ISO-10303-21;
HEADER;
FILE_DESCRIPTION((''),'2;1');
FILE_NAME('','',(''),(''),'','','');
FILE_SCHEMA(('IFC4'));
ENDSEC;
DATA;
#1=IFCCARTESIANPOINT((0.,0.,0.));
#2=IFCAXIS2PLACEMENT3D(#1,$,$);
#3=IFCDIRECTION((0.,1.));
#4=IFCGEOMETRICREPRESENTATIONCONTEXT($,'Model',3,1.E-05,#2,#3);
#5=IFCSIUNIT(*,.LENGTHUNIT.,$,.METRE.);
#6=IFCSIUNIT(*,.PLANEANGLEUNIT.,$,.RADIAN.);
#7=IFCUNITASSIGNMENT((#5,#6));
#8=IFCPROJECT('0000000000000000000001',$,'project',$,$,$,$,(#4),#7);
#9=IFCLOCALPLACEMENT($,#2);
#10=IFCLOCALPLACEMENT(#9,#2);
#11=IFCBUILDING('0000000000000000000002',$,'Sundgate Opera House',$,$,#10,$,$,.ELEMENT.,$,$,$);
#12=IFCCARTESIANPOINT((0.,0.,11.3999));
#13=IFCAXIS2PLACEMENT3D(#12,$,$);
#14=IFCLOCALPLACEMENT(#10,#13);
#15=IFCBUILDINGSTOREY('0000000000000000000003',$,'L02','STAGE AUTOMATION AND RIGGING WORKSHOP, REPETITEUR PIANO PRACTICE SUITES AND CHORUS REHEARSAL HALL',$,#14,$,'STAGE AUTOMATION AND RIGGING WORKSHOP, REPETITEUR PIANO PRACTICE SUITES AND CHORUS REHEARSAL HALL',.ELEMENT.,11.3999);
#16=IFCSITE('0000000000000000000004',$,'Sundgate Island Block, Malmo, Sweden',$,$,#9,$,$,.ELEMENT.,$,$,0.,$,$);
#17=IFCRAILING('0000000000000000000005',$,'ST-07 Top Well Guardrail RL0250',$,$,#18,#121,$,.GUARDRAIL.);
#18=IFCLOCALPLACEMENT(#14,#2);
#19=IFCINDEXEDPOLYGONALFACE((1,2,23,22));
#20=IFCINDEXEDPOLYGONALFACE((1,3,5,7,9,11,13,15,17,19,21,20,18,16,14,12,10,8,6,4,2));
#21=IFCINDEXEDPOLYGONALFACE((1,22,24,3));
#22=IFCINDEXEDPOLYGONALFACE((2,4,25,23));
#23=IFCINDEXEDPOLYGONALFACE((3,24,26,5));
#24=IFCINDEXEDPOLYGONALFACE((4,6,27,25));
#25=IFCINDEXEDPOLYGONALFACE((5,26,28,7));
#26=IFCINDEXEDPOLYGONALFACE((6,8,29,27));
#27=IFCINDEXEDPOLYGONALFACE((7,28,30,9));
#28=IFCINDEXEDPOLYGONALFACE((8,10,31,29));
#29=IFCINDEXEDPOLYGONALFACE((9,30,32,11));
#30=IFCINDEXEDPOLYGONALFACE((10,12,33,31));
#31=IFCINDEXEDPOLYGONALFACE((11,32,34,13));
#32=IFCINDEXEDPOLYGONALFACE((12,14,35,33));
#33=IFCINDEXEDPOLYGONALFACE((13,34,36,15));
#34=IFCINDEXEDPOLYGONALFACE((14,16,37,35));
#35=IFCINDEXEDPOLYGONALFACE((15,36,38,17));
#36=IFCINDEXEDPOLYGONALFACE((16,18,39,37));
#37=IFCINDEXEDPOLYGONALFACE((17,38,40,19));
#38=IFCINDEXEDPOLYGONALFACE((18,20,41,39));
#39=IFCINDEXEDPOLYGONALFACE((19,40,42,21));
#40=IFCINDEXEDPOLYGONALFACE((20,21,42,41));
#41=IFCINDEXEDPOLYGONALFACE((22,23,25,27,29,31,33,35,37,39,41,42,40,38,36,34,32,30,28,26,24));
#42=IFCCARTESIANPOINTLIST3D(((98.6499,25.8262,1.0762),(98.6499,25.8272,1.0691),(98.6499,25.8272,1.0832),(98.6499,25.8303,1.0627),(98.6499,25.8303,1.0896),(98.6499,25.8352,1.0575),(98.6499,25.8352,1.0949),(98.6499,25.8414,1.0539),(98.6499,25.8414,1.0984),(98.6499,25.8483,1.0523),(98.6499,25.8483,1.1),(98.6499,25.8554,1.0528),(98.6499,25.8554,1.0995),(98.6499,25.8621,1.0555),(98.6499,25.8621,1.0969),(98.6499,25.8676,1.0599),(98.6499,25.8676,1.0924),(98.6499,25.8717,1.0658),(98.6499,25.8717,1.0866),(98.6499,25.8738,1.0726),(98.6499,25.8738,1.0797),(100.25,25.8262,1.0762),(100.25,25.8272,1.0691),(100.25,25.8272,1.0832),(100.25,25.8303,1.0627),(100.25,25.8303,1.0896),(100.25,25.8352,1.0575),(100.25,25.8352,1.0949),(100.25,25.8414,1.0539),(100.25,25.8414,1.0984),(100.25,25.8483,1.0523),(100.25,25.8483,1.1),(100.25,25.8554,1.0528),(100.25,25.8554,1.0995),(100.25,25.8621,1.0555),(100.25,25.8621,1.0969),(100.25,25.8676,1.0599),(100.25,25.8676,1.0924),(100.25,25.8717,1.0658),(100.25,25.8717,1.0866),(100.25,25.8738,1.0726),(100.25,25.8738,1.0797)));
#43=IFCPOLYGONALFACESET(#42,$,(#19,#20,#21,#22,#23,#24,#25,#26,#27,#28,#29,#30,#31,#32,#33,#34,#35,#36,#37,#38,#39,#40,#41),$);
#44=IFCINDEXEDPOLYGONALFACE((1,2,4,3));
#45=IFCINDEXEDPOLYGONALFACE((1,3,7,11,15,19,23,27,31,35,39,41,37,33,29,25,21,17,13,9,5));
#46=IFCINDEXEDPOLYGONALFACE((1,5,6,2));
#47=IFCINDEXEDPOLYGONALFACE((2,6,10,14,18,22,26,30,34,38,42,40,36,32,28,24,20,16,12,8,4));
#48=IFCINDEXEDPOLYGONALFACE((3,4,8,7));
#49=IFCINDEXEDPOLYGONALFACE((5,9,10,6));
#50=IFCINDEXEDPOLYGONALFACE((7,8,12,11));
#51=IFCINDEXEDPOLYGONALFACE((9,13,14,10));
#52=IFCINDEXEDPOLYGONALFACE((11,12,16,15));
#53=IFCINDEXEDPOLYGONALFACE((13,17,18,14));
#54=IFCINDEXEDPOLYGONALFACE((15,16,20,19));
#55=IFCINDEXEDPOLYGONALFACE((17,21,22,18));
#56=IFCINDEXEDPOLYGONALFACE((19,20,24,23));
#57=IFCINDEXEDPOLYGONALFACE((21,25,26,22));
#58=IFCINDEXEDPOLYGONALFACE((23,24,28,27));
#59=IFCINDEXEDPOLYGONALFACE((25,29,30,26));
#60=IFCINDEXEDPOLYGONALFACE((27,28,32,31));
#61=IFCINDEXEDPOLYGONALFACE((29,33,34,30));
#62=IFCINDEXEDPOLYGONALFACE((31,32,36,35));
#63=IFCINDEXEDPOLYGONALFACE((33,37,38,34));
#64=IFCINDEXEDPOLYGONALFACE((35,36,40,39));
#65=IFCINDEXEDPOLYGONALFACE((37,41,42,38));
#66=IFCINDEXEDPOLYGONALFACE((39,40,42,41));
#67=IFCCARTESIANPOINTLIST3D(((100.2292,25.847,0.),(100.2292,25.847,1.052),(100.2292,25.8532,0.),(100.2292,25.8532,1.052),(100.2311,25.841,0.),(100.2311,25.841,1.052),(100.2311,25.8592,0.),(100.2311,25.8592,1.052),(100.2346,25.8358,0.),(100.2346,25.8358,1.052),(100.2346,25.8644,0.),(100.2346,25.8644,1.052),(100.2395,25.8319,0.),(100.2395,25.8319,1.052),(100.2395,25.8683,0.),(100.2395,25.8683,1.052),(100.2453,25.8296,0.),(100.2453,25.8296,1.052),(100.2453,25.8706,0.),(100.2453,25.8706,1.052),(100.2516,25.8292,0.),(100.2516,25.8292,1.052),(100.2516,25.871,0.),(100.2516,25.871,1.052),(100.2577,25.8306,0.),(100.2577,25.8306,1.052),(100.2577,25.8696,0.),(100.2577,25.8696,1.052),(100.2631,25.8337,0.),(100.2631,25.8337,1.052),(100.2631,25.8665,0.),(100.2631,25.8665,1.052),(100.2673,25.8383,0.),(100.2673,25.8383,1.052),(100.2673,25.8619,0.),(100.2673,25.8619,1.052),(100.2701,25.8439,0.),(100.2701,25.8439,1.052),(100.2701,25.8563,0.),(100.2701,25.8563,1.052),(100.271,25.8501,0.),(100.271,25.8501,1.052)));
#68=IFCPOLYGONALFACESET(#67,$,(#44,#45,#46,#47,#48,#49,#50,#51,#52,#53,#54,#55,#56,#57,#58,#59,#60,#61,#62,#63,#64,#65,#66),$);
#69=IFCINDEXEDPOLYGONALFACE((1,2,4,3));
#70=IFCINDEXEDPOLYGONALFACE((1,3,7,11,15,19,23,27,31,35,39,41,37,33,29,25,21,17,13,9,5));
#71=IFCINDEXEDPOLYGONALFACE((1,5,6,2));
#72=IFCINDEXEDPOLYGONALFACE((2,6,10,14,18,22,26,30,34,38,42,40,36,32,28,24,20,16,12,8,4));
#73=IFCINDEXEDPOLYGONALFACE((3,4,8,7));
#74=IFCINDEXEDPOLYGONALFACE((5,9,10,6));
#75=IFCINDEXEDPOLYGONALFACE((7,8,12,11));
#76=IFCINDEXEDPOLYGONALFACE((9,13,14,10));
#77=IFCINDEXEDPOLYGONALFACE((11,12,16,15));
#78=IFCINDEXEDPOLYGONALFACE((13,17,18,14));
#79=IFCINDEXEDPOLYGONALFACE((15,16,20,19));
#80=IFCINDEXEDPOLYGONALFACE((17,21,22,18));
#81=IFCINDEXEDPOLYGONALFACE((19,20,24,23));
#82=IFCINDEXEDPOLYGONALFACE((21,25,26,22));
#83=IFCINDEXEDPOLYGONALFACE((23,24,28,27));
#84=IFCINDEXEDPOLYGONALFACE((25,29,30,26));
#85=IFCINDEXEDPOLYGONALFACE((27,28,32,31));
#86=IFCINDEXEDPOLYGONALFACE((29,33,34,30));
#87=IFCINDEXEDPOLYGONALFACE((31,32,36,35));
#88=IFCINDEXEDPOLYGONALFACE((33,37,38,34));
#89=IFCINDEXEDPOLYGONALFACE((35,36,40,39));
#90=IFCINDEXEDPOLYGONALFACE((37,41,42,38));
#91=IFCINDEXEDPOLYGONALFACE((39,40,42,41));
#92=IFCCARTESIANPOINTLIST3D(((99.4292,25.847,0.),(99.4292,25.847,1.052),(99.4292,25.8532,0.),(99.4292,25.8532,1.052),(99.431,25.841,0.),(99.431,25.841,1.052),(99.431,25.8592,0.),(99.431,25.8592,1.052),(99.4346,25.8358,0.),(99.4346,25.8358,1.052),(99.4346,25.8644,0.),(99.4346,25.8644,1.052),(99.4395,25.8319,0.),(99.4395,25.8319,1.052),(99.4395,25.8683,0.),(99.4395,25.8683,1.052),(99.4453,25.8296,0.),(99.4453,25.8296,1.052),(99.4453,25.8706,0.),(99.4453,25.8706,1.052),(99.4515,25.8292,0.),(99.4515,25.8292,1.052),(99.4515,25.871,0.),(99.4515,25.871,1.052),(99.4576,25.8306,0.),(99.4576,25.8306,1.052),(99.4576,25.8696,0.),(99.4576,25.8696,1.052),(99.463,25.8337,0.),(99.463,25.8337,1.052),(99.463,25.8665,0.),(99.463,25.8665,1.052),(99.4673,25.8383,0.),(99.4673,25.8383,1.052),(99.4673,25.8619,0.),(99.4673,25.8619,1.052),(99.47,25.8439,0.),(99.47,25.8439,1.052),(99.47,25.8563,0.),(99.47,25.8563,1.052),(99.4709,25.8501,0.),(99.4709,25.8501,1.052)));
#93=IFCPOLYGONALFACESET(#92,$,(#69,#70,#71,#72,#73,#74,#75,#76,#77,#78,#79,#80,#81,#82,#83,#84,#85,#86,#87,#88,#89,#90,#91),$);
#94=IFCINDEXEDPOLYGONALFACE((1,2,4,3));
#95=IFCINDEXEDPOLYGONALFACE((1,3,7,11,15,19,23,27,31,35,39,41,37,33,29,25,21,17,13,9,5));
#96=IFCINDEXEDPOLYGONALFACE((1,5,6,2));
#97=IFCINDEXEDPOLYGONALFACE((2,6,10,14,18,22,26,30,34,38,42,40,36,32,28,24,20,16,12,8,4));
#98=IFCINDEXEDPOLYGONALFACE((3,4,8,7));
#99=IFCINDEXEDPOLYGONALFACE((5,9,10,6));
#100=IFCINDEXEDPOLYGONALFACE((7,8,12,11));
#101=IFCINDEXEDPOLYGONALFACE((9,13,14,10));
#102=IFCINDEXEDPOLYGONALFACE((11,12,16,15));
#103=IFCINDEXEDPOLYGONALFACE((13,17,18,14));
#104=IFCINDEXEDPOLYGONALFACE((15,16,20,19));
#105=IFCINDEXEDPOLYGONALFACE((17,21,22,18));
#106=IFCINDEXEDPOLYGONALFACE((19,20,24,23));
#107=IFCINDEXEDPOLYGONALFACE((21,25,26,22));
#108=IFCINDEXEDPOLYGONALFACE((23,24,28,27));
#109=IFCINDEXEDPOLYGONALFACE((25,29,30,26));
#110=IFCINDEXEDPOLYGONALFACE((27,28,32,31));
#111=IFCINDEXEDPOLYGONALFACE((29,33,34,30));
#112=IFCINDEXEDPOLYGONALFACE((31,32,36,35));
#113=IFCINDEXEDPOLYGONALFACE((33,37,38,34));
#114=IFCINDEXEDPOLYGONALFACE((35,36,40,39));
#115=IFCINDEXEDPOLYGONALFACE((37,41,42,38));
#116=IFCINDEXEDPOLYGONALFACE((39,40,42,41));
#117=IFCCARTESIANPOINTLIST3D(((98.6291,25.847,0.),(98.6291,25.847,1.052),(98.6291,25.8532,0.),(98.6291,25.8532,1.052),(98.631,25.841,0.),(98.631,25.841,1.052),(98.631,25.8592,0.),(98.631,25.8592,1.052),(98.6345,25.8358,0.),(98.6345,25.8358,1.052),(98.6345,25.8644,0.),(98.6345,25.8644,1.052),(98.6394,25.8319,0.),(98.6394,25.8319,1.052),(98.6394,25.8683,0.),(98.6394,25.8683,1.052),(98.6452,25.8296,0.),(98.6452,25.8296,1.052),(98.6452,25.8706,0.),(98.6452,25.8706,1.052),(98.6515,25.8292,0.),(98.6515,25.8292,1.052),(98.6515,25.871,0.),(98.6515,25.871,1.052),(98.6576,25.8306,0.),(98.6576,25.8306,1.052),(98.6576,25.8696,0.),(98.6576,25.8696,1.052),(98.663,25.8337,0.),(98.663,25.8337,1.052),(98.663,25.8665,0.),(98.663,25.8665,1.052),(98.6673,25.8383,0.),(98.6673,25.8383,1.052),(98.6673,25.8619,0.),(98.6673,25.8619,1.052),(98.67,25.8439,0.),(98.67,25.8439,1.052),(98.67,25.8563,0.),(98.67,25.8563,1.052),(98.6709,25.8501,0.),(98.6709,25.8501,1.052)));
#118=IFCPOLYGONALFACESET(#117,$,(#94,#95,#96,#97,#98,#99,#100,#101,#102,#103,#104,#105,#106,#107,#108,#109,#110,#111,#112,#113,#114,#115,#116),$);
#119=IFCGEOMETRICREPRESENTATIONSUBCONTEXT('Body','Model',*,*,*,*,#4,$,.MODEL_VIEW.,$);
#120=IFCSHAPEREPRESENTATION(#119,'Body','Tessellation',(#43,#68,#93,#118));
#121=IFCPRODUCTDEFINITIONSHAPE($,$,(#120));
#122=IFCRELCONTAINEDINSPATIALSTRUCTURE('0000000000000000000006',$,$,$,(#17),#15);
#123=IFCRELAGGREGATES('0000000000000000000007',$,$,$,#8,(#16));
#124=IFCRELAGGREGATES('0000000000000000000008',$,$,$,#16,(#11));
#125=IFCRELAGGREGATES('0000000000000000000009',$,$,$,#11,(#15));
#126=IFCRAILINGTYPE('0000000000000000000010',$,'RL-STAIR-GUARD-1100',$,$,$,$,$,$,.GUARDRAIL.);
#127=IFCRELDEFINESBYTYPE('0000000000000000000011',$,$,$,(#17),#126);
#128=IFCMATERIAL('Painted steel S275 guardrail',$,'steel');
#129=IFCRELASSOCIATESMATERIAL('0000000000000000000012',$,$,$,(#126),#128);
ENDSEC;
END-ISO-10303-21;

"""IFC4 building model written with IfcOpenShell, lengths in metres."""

from ifc_helpers import new_model, si_unit, direction, frame, origin, origin_2d, place, context, subcontext, project, spatial, circle, extrude, material, type_object, element, save


model = new_model("IFC4")

# Units and contexts
model_context = context("Model", 3, precision=1e-05, world=origin(), true_north=direction((0.0, 1.0)))
body_context = subcontext(model_context, "Body", "Model", "MODEL_VIEW")
ifc_project = project(units=[si_unit("LENGTHUNIT", "METRE"), si_unit("PLANEANGLEUNIT", "RADIAN")], contexts=[model_context])

# Site, building, storey
site_placement = place(None, origin())
site = spatial("IfcSite", under=ifc_project, at=site_placement, Name="Sundgate Island Block, Malmo, Sweden", CompositionType="ELEMENT", RefElevation=0.0)
building_placement = place(site_placement, origin())
building = spatial("IfcBuilding", under=site, at=building_placement, Name="Sundgate Opera House", CompositionType="ELEMENT")
storey_placement = place(building_placement, frame((0.0, 0.0, 11.3999)))
storey = spatial("IfcBuildingStorey", under=building, at=storey_placement, Name="L02", Description="STAGE AUTOMATION AND RIGGING WORKSHOP, REPETITEUR PIANO PRACTICE SUITES AND CHORUS REHEARSAL HALL", LongName="STAGE AUTOMATION AND RIGGING WORKSHOP, REPETITEUR PIANO PRACTICE SUITES AND CHORUS REHEARSAL HALL", CompositionType="ELEMENT", Elevation=11.3999)

# Railing
ifc_material_1 = material(Name="Painted steel S275 guardrail", Category="steel")
railing_type = type_object("IfcRailingType", Name="RL-STAIR-GUARD-1100", PredefinedType="GUARDRAIL", material=ifc_material_1)
railing_placement = place(storey_placement, frame((100.25, 25.8501, 0.0)))
element("IfcRailing", 1, at=railing_placement, inside=storey, type_object=railing_type, Name="ST-07 Top Well Guardrail RL0250", PredefinedType="GUARDRAIL", context=body_context, shape_type="SweptSolid", body=[
    extrude(circle(Radius=0.0239, at=origin_2d()), frame((0.0, 0.0, 1.0762), z_axis=(-1.0, 0.0, 0.0), x_axis=(0.0, -1.0, 0.0)), (0.0, 0.0, 1.0), 1.6001),
    extrude(circle(Radius=0.021, at=origin_2d()), origin(), (0.0, 0.0, 1.0), 1.052),
    extrude(circle(Radius=0.021, at=origin_2d()), frame((-0.8, 0.0, 0.0)), (0.0, 0.0, 1.0), 1.052),
    extrude(circle(Radius=0.021, at=origin_2d()), frame((-1.6001, 0.0, 0.0)), (0.0, 0.0, 1.0), 1.052),
])

save(model, "model.ifc")
